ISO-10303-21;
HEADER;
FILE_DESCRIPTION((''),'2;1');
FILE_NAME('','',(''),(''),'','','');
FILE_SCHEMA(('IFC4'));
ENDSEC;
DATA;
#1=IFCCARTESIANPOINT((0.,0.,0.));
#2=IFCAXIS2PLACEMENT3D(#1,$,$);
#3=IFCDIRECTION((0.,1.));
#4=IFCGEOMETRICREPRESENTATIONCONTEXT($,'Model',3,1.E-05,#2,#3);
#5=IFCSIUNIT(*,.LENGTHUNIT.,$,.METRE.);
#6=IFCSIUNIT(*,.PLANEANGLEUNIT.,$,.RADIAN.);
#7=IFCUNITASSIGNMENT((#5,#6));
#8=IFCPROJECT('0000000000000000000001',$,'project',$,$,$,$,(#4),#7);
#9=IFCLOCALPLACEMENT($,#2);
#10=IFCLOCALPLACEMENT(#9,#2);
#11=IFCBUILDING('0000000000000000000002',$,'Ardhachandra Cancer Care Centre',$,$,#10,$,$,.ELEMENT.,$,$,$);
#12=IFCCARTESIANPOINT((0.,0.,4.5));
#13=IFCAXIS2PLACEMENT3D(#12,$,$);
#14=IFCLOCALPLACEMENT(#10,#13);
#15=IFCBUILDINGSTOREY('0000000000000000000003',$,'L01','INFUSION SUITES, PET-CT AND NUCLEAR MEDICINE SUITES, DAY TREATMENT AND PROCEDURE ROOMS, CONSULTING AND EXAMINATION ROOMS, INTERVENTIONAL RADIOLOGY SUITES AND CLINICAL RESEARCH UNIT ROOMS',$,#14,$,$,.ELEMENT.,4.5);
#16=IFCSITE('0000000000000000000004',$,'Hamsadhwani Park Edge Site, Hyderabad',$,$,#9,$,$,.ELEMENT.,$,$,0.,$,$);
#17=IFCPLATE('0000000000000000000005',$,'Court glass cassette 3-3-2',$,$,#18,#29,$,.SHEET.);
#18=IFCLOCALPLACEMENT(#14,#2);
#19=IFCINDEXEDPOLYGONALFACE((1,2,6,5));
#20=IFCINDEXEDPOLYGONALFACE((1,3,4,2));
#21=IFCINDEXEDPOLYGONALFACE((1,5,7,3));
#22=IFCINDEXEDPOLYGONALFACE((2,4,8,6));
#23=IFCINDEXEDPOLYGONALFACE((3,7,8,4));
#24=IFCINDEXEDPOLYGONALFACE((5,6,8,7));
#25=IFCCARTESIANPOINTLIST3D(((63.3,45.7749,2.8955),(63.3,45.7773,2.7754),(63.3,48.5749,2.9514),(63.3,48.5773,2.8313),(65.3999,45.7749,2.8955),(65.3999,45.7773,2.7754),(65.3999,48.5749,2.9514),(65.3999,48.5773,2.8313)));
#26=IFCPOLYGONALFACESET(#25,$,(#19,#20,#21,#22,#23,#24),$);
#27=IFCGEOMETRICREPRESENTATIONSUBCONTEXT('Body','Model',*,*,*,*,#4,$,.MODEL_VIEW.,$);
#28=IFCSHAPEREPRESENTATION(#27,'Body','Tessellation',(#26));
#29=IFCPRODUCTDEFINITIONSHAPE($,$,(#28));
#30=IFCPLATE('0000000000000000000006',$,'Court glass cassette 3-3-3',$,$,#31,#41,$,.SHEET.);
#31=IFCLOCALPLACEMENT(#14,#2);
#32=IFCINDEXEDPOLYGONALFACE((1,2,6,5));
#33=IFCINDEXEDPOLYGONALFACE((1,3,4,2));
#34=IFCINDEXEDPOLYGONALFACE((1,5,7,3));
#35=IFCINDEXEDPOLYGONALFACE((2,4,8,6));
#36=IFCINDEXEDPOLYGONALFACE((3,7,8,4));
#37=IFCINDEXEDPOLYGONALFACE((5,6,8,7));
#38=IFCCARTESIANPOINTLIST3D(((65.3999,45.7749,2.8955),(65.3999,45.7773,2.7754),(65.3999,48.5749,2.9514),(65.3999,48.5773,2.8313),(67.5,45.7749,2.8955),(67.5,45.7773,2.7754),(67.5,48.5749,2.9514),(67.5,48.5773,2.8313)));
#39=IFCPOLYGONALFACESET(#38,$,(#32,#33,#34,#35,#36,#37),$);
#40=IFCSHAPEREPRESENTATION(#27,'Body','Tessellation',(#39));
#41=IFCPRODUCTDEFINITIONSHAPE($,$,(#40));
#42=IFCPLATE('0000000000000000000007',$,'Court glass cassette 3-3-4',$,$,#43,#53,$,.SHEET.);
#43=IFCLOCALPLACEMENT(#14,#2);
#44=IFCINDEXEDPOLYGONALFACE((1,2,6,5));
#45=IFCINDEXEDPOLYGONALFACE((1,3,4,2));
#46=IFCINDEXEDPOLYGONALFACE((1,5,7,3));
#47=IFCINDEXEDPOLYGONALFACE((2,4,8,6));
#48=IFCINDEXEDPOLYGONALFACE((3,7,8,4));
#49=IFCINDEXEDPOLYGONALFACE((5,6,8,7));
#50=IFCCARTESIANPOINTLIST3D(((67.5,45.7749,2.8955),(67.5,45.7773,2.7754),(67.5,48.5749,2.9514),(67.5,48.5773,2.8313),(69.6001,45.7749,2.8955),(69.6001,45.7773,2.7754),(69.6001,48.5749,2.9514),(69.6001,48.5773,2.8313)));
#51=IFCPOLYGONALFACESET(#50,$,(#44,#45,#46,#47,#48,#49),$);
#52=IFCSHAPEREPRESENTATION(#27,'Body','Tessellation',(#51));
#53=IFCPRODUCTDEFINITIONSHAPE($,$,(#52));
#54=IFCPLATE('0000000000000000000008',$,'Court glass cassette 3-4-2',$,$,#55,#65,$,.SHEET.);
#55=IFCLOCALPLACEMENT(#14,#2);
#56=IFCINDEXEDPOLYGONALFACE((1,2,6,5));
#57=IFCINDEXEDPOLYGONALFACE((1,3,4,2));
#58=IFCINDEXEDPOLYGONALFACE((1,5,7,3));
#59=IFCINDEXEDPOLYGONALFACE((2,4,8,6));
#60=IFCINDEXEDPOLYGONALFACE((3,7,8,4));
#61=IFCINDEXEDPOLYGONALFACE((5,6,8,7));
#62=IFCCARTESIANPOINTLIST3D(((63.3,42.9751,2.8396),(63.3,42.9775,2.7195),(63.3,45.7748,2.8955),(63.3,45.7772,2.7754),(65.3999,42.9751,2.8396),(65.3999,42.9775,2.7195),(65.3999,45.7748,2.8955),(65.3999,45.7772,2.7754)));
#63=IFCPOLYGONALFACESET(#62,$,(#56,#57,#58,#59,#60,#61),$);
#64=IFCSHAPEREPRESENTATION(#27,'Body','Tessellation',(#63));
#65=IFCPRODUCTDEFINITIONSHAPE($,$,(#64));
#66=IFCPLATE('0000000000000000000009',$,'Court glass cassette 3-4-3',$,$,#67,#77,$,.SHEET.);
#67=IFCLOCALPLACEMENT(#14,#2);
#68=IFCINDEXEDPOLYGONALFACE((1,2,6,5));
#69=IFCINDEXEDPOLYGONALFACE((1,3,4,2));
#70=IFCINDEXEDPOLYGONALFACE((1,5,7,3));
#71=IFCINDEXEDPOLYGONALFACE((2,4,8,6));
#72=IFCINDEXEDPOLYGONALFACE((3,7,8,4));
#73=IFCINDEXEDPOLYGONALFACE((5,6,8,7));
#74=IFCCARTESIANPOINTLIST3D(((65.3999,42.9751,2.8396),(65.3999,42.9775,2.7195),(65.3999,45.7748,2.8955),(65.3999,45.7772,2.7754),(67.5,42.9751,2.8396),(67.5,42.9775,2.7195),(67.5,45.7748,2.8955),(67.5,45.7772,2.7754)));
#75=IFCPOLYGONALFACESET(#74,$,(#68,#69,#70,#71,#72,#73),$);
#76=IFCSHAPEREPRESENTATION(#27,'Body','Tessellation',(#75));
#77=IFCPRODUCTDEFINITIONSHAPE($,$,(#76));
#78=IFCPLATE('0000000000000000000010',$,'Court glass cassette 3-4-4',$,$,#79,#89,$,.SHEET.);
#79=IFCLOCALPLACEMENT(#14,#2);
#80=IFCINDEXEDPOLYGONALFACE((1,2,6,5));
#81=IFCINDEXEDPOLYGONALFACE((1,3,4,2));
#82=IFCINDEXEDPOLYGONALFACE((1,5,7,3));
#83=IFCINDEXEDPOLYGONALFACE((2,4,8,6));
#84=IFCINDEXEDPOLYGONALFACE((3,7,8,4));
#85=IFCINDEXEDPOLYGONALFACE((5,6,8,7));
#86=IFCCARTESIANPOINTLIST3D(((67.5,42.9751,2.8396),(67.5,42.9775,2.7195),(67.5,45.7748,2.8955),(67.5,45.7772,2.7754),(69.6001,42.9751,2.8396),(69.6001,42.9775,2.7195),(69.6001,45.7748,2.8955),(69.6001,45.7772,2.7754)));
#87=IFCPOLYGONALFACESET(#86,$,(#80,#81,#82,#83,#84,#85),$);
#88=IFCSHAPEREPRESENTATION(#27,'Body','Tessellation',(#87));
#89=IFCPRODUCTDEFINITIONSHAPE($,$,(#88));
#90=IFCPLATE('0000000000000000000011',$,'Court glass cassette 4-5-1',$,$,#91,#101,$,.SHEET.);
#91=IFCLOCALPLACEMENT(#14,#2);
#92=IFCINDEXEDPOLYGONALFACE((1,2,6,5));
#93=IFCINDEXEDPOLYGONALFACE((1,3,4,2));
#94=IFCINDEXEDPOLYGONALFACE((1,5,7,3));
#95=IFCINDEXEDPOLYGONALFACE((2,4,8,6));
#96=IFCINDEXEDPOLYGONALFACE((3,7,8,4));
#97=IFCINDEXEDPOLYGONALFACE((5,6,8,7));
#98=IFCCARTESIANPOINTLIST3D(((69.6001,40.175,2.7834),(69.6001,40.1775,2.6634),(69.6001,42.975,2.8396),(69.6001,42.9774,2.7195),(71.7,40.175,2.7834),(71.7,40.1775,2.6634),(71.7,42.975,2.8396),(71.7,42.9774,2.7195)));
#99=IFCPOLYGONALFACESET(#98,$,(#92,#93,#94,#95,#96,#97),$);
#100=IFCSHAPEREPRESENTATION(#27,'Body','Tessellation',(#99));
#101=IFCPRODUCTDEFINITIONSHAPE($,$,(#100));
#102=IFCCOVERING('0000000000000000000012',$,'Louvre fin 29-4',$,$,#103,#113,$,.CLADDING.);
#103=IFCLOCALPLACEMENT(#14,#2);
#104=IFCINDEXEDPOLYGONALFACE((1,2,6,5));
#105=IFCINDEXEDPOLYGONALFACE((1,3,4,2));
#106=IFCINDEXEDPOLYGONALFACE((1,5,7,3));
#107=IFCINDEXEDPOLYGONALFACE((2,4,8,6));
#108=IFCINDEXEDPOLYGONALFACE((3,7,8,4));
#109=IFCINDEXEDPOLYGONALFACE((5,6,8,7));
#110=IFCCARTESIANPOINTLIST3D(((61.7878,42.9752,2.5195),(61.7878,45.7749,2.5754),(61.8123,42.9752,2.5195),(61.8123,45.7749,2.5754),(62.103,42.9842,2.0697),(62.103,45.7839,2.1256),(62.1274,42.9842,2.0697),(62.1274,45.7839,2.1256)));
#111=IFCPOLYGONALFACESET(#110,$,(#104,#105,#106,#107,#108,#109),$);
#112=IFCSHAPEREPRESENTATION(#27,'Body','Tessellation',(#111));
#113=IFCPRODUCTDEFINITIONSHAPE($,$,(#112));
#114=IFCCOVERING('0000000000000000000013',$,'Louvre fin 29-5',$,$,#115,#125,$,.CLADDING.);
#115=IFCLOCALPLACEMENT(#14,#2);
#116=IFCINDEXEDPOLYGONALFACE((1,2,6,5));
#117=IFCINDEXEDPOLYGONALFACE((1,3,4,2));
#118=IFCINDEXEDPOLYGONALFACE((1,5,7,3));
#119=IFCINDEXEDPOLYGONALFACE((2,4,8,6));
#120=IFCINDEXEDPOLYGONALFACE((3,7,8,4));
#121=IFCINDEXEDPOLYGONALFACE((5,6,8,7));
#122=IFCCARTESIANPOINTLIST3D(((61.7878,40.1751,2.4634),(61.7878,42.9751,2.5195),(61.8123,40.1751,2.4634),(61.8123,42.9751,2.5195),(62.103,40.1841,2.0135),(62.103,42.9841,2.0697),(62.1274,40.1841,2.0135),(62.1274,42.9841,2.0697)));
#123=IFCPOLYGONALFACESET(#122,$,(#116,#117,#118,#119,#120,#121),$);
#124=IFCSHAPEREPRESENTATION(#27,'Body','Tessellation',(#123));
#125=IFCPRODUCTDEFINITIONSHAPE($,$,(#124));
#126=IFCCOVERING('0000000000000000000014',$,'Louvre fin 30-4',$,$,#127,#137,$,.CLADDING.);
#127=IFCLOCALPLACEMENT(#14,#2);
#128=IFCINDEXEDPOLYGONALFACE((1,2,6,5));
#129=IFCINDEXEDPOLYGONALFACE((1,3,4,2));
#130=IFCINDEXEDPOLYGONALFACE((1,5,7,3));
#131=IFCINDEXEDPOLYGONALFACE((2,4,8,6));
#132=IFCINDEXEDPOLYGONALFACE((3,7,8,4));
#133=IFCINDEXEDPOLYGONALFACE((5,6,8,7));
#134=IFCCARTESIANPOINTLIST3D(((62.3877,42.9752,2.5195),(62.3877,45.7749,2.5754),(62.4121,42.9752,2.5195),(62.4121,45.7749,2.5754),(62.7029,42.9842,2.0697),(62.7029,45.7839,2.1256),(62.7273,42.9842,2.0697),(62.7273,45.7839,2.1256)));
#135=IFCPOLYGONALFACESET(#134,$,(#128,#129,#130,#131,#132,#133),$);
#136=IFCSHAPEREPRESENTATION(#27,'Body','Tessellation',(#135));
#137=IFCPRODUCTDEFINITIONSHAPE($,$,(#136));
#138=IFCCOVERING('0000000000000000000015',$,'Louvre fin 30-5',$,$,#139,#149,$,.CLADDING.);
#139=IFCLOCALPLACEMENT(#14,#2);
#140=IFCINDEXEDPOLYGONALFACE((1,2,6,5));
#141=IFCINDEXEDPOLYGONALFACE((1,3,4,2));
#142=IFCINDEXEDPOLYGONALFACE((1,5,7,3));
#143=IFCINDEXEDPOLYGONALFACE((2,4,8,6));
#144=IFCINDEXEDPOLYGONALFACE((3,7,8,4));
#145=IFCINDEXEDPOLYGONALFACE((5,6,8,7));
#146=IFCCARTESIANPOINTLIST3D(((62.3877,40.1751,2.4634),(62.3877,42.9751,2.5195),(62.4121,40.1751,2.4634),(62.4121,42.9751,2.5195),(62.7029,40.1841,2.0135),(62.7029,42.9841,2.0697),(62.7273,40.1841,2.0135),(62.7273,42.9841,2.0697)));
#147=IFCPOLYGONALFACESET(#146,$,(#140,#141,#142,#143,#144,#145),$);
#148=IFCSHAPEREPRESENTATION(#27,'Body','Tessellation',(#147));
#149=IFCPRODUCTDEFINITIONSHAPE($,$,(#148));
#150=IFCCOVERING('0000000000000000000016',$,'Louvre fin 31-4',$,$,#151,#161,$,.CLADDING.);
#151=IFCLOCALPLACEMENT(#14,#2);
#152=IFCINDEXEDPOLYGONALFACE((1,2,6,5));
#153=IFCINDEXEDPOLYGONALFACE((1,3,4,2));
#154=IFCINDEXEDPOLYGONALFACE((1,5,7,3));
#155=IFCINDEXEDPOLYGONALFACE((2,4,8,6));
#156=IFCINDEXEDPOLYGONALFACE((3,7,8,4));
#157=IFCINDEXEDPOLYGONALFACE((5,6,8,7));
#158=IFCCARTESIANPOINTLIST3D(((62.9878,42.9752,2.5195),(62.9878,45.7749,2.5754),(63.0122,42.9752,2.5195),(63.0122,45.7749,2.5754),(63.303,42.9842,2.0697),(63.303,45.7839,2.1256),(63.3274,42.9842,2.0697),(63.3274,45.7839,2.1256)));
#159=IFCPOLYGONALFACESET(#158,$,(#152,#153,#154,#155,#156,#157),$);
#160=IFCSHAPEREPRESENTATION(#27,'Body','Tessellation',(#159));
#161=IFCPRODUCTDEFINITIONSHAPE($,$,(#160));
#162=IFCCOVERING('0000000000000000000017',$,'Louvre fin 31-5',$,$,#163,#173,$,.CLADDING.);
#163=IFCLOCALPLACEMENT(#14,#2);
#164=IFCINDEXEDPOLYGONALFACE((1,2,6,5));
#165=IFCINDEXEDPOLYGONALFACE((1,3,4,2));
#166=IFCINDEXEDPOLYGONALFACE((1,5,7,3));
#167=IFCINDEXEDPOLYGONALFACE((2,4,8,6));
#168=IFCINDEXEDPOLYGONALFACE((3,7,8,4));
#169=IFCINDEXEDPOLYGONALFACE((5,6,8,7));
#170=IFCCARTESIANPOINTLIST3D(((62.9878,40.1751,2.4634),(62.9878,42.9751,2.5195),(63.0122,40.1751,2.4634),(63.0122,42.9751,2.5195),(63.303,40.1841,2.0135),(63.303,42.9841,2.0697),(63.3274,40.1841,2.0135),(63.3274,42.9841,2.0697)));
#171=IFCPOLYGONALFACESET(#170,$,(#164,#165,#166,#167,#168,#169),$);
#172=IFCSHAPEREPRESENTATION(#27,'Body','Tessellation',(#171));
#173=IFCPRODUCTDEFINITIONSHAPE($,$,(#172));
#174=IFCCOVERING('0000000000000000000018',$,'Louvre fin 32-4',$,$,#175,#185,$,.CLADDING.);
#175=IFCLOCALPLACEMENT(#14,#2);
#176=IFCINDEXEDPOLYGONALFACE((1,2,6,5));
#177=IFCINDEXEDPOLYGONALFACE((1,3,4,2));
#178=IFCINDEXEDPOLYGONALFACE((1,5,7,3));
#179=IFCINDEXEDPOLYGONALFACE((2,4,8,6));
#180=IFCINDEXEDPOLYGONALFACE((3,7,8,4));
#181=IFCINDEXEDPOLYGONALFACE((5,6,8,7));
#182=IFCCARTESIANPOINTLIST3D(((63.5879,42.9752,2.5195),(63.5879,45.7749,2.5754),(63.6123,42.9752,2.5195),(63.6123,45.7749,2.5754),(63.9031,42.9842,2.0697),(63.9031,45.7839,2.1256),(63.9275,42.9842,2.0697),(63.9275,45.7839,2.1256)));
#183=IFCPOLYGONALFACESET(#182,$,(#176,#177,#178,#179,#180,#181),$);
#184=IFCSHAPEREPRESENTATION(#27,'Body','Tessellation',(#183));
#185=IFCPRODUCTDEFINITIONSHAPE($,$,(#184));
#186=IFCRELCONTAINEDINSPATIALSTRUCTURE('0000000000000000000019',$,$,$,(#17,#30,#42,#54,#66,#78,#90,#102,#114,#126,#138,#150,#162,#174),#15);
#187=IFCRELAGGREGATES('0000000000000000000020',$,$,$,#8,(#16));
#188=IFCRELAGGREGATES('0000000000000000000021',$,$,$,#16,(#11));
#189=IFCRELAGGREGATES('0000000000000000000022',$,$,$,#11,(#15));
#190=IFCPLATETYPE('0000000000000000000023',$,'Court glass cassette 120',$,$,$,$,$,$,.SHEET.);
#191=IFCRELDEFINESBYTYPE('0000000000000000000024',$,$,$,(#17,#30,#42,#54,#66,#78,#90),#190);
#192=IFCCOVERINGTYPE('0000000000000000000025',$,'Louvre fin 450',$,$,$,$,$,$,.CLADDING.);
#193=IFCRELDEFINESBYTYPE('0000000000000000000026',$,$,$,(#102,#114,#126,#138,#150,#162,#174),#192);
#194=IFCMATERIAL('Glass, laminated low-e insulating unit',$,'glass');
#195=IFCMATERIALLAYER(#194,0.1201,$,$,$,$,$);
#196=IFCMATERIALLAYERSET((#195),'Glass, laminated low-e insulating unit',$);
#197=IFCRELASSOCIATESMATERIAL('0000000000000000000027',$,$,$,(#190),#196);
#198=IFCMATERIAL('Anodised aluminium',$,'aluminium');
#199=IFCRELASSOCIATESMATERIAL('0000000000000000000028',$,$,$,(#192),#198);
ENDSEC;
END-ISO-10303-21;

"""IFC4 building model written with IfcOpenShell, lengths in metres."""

from ifc_helpers import new_model, si_unit, direction, frame, origin, place, context, subcontext, project, spatial, polyline, outline, extrude, material, layer, layer_set, material_profile, profile_set, type_object, element, save


model = new_model("IFC4")

# Units and contexts
model_context = context("Model", 3, precision=1e-05, world=origin(), true_north=direction((0.0, 1.0)))
body_context = subcontext(model_context, "Body", "Model", "MODEL_VIEW")
ifc_project = project(units=[si_unit("LENGTHUNIT", "METRE"), si_unit("PLANEANGLEUNIT", "RADIAN")], contexts=[model_context])

# Site, building, storey
site_placement = place(None, origin())
site = spatial("IfcSite", under=ifc_project, at=site_placement, Name="Hamsadhwani Park Edge Site, Hyderabad", CompositionType="ELEMENT", RefElevation=0.0)
building_placement = place(site_placement, origin())
building = spatial("IfcBuilding", under=site, at=building_placement, Name="Ardhachandra Cancer Care Centre", CompositionType="ELEMENT")
storey_placement = place(building_placement, frame((0.0, 0.0, 4.5)))
storey = spatial("IfcBuildingStorey", under=building, at=storey_placement, Name="L01", Description="INFUSION SUITES, PET-CT AND NUCLEAR MEDICINE SUITES, DAY TREATMENT AND PROCEDURE ROOMS, CONSULTING AND EXAMINATION ROOMS, INTERVENTIONAL RADIOLOGY SUITES AND CLINICAL RESEARCH UNIT ROOMS", CompositionType="ELEMENT", Elevation=4.5)

# Plates
ifc_material_1 = material(Name="Glass, laminated low-e insulating unit", Category="glass")
ifc_layer = layer(ifc_material_1, 0.1201)
ifc_layer_set = layer_set([ifc_layer], Name="Glass, laminated low-e insulating unit")
plate_type = type_object("IfcPlateType", Name="Court glass cassette 120", PredefinedType="SHEET", material=ifc_layer_set)
plate_1_placement = place(storey_placement, frame((63.3, 45.7749, 2.8955), z_axis=(0.0, -0.019963, 0.999801), x_axis=(0.0, 0.999801, 0.019963)))
element("IfcPlate", 1, at=plate_1_placement, inside=storey, type_object=plate_type, Name="Court glass cassette 3-3-2", PredefinedType="SHEET", context=body_context, shape_type="SweptSolid", body=[
    extrude(outline(polyline([(0.0, -2.0999), (2.8005, -2.0999), (2.8005, 0.0), (0.0, 0.0), (0.0, -2.0999)])), frame((0.0, 0.0, -0.1201)), (0.0, 0.0, 1.0), 0.1201),
])
for number, where, z_axis, x_axis, name in (
    (2, (65.3999, 45.7749, 2.8955), (0.0, -0.019963, 0.999801), (0.0, 0.999801, 0.019963), "Court glass cassette 3-3-3"),
    (3, (67.5, 45.7749, 2.8955), (0.0, -0.019963, 0.999801), (0.0, 0.999801, 0.019963), "Court glass cassette 3-3-4"),
):
    element("IfcPlate", number, at=place(storey_placement, frame(where, z_axis=z_axis, x_axis=x_axis)), inside=storey, type_object=plate_type, Name=name, PredefinedType="SHEET", context=body_context, shape_type="SweptSolid", body=[
        extrude(outline(polyline([(0.0, -2.1001), (2.8005, -2.1001), (2.8005, 0.0), (0.0, 0.0), (0.0, -2.1001)])), frame((0.0, 0.0, -0.1201)), (0.0, 0.0, 1.0), 0.1201),
    ])
plate_2_placement = place(storey_placement, frame((63.3, 42.9751, 2.8396), z_axis=(0.0, -0.019965, 0.999801), x_axis=(0.0, 0.999801, 0.019965)))
element("IfcPlate", 4, at=plate_2_placement, inside=storey, type_object=plate_type, Name="Court glass cassette 3-4-2", PredefinedType="SHEET", context=body_context, shape_type="SweptSolid", body=[
    extrude(outline(polyline([(0.0, -2.0999), (2.8003, -2.0999), (2.8003, 0.0), (0.0, 0.0), (0.0, -2.0999)])), frame((0.0, 0.0, -0.1201)), (0.0, 0.0, 1.0), 0.1201),
])
for number, where, z_axis, x_axis, name in (
    (5, (65.3999, 42.9751, 2.8396), (0.0, -0.019965, 0.999801), (0.0, 0.999801, 0.019965), "Court glass cassette 3-4-3"),
    (6, (67.5, 42.9751, 2.8396), (0.0, -0.019965, 0.999801), (0.0, 0.999801, 0.019965), "Court glass cassette 3-4-4"),
):
    element("IfcPlate", number, at=place(storey_placement, frame(where, z_axis=z_axis, x_axis=x_axis)), inside=storey, type_object=plate_type, Name=name, PredefinedType="SHEET", context=body_context, shape_type="SweptSolid", body=[
        extrude(outline(polyline([(0.0, -2.1001), (2.8003, -2.1001), (2.8003, 0.0), (0.0, 0.0), (0.0, -2.1001)])), frame((0.0, 0.0, -0.1201)), (0.0, 0.0, 1.0), 0.1201),
    ])
plate_3_placement = place(storey_placement, frame((69.6001, 40.175, 2.7834), z_axis=(0.0, -0.02005, 0.999799), x_axis=(0.0, 0.999799, 0.02005)))
element("IfcPlate", 7, at=plate_3_placement, inside=storey, type_object=plate_type, Name="Court glass cassette 4-5-1", PredefinedType="SHEET", context=body_context, shape_type="SweptSolid", body=[
    extrude(outline(polyline([(0.0, -2.0999), (2.8005, -2.0999), (2.8005, 0.0), (0.0, 0.0), (0.0, -2.0999)])), frame((0.0, 0.0, -0.1201)), (0.0, 0.0, 1.0), 0.1201),
])

# Coverings
ifc_material_2 = material(Name="Anodised aluminium", Category="aluminium")
ifc_material_profile_1 = material_profile(ifc_material_2, outline(polyline([(-0.0122, 0.0), (0.0122, 0.0), (0.3274, -0.45), (0.303, -0.45), (-0.0122, 0.0)])), Name="Louvre fin 450")
ifc_profile_set_1 = profile_set([ifc_material_profile_1], Name="Anodised aluminium")
covering_type = type_object("IfcCoveringType", Name="Louvre fin 450", PredefinedType="CLADDING", material=ifc_profile_set_1)
covering_1_placement = place(storey_placement, frame((61.8, 45.7749, 2.5754), z_axis=(0.0, -0.999801, -0.019965), x_axis=(1.0, 0.0, 0.0)))
element("IfcCovering", 8, at=covering_1_placement, inside=storey, type_object=covering_type, Name="Louvre fin 29-4", PredefinedType="CLADDING", context=body_context, shape_type="SweptSolid", body=[
    extrude(outline(polyline([(-0.0122, 0.0), (0.0122, 0.0), (0.3274, -0.45), (0.303, -0.45), (-0.0122, 0.0)])), origin(), (0.0, 0.0, 1.0), 2.8003),
])
covering_2_placement = place(storey_placement, frame((61.8, 42.9751, 2.5195), z_axis=(0.0, -0.999799, -0.02005), x_axis=(1.0, 0.0, 0.0)))
element("IfcCovering", 9, at=covering_2_placement, inside=storey, type_object=covering_type, Name="Louvre fin 29-5", PredefinedType="CLADDING", context=body_context, shape_type="SweptSolid", body=[
    extrude(outline(polyline([(-0.0122, 0.0), (0.0122, 0.0), (0.3274, -0.45), (0.303, -0.45), (-0.0122, 0.0)])), origin(), (0.0, 0.0, 1.0), 2.8005),
])
covering_3_placement = place(storey_placement, frame((62.3999, 45.7749, 2.5754), z_axis=(0.0, -0.999801, -0.019965), x_axis=(1.0, 0.0, 0.0)))
element("IfcCovering", 10, at=covering_3_placement, inside=storey, type_object=covering_type, Name="Louvre fin 30-4", PredefinedType="CLADDING", context=body_context, shape_type="SweptSolid", body=[
    extrude(outline(polyline([(-0.0122, 0.0), (0.0122, 0.0), (0.3274, -0.45), (0.303, -0.45), (-0.0122, 0.0)])), origin(), (0.0, 0.0, 1.0), 2.8003),
])
covering_4_placement = place(storey_placement, frame((62.3999, 42.9751, 2.5195), z_axis=(0.0, -0.999799, -0.02005), x_axis=(1.0, 0.0, 0.0)))
element("IfcCovering", 11, at=covering_4_placement, inside=storey, type_object=covering_type, Name="Louvre fin 30-5", PredefinedType="CLADDING", context=body_context, shape_type="SweptSolid", body=[
    extrude(outline(polyline([(-0.0122, 0.0), (0.0122, 0.0), (0.3274, -0.45), (0.303, -0.45), (-0.0122, 0.0)])), origin(), (0.0, 0.0, 1.0), 2.8005),
])
covering_5_placement = place(storey_placement, frame((63.0, 45.7749, 2.5754), z_axis=(0.0, -0.999801, -0.019965), x_axis=(1.0, 0.0, 0.0)))
element("IfcCovering", 12, at=covering_5_placement, inside=storey, type_object=covering_type, Name="Louvre fin 31-4", PredefinedType="CLADDING", context=body_context, shape_type="SweptSolid", body=[
    extrude(outline(polyline([(-0.0122, 0.0), (0.0122, 0.0), (0.3274, -0.45), (0.303, -0.45), (-0.0122, 0.0)])), origin(), (0.0, 0.0, 1.0), 2.8003),
])
covering_6_placement = place(storey_placement, frame((63.0, 42.9751, 2.5195), z_axis=(0.0, -0.999799, -0.02005), x_axis=(1.0, 0.0, 0.0)))
element("IfcCovering", 13, at=covering_6_placement, inside=storey, type_object=covering_type, Name="Louvre fin 31-5", PredefinedType="CLADDING", context=body_context, shape_type="SweptSolid", body=[
    extrude(outline(polyline([(-0.0122, 0.0), (0.0122, 0.0), (0.3274, -0.45), (0.303, -0.45), (-0.0122, 0.0)])), origin(), (0.0, 0.0, 1.0), 2.8005),
])
covering_7_placement = place(storey_placement, frame((63.6001, 45.7749, 2.5754), z_axis=(0.0, -0.999801, -0.019965), x_axis=(1.0, 0.0, 0.0)))
element("IfcCovering", 14, at=covering_7_placement, inside=storey, type_object=covering_type, Name="Louvre fin 32-4", PredefinedType="CLADDING", context=body_context, shape_type="SweptSolid", body=[
    extrude(outline(polyline([(-0.0122, 0.0), (0.0122, 0.0), (0.3274, -0.45), (0.303, -0.45), (-0.0122, 0.0)])), origin(), (0.0, 0.0, 1.0), 2.8003),
])

save(model, "model.ifc")
